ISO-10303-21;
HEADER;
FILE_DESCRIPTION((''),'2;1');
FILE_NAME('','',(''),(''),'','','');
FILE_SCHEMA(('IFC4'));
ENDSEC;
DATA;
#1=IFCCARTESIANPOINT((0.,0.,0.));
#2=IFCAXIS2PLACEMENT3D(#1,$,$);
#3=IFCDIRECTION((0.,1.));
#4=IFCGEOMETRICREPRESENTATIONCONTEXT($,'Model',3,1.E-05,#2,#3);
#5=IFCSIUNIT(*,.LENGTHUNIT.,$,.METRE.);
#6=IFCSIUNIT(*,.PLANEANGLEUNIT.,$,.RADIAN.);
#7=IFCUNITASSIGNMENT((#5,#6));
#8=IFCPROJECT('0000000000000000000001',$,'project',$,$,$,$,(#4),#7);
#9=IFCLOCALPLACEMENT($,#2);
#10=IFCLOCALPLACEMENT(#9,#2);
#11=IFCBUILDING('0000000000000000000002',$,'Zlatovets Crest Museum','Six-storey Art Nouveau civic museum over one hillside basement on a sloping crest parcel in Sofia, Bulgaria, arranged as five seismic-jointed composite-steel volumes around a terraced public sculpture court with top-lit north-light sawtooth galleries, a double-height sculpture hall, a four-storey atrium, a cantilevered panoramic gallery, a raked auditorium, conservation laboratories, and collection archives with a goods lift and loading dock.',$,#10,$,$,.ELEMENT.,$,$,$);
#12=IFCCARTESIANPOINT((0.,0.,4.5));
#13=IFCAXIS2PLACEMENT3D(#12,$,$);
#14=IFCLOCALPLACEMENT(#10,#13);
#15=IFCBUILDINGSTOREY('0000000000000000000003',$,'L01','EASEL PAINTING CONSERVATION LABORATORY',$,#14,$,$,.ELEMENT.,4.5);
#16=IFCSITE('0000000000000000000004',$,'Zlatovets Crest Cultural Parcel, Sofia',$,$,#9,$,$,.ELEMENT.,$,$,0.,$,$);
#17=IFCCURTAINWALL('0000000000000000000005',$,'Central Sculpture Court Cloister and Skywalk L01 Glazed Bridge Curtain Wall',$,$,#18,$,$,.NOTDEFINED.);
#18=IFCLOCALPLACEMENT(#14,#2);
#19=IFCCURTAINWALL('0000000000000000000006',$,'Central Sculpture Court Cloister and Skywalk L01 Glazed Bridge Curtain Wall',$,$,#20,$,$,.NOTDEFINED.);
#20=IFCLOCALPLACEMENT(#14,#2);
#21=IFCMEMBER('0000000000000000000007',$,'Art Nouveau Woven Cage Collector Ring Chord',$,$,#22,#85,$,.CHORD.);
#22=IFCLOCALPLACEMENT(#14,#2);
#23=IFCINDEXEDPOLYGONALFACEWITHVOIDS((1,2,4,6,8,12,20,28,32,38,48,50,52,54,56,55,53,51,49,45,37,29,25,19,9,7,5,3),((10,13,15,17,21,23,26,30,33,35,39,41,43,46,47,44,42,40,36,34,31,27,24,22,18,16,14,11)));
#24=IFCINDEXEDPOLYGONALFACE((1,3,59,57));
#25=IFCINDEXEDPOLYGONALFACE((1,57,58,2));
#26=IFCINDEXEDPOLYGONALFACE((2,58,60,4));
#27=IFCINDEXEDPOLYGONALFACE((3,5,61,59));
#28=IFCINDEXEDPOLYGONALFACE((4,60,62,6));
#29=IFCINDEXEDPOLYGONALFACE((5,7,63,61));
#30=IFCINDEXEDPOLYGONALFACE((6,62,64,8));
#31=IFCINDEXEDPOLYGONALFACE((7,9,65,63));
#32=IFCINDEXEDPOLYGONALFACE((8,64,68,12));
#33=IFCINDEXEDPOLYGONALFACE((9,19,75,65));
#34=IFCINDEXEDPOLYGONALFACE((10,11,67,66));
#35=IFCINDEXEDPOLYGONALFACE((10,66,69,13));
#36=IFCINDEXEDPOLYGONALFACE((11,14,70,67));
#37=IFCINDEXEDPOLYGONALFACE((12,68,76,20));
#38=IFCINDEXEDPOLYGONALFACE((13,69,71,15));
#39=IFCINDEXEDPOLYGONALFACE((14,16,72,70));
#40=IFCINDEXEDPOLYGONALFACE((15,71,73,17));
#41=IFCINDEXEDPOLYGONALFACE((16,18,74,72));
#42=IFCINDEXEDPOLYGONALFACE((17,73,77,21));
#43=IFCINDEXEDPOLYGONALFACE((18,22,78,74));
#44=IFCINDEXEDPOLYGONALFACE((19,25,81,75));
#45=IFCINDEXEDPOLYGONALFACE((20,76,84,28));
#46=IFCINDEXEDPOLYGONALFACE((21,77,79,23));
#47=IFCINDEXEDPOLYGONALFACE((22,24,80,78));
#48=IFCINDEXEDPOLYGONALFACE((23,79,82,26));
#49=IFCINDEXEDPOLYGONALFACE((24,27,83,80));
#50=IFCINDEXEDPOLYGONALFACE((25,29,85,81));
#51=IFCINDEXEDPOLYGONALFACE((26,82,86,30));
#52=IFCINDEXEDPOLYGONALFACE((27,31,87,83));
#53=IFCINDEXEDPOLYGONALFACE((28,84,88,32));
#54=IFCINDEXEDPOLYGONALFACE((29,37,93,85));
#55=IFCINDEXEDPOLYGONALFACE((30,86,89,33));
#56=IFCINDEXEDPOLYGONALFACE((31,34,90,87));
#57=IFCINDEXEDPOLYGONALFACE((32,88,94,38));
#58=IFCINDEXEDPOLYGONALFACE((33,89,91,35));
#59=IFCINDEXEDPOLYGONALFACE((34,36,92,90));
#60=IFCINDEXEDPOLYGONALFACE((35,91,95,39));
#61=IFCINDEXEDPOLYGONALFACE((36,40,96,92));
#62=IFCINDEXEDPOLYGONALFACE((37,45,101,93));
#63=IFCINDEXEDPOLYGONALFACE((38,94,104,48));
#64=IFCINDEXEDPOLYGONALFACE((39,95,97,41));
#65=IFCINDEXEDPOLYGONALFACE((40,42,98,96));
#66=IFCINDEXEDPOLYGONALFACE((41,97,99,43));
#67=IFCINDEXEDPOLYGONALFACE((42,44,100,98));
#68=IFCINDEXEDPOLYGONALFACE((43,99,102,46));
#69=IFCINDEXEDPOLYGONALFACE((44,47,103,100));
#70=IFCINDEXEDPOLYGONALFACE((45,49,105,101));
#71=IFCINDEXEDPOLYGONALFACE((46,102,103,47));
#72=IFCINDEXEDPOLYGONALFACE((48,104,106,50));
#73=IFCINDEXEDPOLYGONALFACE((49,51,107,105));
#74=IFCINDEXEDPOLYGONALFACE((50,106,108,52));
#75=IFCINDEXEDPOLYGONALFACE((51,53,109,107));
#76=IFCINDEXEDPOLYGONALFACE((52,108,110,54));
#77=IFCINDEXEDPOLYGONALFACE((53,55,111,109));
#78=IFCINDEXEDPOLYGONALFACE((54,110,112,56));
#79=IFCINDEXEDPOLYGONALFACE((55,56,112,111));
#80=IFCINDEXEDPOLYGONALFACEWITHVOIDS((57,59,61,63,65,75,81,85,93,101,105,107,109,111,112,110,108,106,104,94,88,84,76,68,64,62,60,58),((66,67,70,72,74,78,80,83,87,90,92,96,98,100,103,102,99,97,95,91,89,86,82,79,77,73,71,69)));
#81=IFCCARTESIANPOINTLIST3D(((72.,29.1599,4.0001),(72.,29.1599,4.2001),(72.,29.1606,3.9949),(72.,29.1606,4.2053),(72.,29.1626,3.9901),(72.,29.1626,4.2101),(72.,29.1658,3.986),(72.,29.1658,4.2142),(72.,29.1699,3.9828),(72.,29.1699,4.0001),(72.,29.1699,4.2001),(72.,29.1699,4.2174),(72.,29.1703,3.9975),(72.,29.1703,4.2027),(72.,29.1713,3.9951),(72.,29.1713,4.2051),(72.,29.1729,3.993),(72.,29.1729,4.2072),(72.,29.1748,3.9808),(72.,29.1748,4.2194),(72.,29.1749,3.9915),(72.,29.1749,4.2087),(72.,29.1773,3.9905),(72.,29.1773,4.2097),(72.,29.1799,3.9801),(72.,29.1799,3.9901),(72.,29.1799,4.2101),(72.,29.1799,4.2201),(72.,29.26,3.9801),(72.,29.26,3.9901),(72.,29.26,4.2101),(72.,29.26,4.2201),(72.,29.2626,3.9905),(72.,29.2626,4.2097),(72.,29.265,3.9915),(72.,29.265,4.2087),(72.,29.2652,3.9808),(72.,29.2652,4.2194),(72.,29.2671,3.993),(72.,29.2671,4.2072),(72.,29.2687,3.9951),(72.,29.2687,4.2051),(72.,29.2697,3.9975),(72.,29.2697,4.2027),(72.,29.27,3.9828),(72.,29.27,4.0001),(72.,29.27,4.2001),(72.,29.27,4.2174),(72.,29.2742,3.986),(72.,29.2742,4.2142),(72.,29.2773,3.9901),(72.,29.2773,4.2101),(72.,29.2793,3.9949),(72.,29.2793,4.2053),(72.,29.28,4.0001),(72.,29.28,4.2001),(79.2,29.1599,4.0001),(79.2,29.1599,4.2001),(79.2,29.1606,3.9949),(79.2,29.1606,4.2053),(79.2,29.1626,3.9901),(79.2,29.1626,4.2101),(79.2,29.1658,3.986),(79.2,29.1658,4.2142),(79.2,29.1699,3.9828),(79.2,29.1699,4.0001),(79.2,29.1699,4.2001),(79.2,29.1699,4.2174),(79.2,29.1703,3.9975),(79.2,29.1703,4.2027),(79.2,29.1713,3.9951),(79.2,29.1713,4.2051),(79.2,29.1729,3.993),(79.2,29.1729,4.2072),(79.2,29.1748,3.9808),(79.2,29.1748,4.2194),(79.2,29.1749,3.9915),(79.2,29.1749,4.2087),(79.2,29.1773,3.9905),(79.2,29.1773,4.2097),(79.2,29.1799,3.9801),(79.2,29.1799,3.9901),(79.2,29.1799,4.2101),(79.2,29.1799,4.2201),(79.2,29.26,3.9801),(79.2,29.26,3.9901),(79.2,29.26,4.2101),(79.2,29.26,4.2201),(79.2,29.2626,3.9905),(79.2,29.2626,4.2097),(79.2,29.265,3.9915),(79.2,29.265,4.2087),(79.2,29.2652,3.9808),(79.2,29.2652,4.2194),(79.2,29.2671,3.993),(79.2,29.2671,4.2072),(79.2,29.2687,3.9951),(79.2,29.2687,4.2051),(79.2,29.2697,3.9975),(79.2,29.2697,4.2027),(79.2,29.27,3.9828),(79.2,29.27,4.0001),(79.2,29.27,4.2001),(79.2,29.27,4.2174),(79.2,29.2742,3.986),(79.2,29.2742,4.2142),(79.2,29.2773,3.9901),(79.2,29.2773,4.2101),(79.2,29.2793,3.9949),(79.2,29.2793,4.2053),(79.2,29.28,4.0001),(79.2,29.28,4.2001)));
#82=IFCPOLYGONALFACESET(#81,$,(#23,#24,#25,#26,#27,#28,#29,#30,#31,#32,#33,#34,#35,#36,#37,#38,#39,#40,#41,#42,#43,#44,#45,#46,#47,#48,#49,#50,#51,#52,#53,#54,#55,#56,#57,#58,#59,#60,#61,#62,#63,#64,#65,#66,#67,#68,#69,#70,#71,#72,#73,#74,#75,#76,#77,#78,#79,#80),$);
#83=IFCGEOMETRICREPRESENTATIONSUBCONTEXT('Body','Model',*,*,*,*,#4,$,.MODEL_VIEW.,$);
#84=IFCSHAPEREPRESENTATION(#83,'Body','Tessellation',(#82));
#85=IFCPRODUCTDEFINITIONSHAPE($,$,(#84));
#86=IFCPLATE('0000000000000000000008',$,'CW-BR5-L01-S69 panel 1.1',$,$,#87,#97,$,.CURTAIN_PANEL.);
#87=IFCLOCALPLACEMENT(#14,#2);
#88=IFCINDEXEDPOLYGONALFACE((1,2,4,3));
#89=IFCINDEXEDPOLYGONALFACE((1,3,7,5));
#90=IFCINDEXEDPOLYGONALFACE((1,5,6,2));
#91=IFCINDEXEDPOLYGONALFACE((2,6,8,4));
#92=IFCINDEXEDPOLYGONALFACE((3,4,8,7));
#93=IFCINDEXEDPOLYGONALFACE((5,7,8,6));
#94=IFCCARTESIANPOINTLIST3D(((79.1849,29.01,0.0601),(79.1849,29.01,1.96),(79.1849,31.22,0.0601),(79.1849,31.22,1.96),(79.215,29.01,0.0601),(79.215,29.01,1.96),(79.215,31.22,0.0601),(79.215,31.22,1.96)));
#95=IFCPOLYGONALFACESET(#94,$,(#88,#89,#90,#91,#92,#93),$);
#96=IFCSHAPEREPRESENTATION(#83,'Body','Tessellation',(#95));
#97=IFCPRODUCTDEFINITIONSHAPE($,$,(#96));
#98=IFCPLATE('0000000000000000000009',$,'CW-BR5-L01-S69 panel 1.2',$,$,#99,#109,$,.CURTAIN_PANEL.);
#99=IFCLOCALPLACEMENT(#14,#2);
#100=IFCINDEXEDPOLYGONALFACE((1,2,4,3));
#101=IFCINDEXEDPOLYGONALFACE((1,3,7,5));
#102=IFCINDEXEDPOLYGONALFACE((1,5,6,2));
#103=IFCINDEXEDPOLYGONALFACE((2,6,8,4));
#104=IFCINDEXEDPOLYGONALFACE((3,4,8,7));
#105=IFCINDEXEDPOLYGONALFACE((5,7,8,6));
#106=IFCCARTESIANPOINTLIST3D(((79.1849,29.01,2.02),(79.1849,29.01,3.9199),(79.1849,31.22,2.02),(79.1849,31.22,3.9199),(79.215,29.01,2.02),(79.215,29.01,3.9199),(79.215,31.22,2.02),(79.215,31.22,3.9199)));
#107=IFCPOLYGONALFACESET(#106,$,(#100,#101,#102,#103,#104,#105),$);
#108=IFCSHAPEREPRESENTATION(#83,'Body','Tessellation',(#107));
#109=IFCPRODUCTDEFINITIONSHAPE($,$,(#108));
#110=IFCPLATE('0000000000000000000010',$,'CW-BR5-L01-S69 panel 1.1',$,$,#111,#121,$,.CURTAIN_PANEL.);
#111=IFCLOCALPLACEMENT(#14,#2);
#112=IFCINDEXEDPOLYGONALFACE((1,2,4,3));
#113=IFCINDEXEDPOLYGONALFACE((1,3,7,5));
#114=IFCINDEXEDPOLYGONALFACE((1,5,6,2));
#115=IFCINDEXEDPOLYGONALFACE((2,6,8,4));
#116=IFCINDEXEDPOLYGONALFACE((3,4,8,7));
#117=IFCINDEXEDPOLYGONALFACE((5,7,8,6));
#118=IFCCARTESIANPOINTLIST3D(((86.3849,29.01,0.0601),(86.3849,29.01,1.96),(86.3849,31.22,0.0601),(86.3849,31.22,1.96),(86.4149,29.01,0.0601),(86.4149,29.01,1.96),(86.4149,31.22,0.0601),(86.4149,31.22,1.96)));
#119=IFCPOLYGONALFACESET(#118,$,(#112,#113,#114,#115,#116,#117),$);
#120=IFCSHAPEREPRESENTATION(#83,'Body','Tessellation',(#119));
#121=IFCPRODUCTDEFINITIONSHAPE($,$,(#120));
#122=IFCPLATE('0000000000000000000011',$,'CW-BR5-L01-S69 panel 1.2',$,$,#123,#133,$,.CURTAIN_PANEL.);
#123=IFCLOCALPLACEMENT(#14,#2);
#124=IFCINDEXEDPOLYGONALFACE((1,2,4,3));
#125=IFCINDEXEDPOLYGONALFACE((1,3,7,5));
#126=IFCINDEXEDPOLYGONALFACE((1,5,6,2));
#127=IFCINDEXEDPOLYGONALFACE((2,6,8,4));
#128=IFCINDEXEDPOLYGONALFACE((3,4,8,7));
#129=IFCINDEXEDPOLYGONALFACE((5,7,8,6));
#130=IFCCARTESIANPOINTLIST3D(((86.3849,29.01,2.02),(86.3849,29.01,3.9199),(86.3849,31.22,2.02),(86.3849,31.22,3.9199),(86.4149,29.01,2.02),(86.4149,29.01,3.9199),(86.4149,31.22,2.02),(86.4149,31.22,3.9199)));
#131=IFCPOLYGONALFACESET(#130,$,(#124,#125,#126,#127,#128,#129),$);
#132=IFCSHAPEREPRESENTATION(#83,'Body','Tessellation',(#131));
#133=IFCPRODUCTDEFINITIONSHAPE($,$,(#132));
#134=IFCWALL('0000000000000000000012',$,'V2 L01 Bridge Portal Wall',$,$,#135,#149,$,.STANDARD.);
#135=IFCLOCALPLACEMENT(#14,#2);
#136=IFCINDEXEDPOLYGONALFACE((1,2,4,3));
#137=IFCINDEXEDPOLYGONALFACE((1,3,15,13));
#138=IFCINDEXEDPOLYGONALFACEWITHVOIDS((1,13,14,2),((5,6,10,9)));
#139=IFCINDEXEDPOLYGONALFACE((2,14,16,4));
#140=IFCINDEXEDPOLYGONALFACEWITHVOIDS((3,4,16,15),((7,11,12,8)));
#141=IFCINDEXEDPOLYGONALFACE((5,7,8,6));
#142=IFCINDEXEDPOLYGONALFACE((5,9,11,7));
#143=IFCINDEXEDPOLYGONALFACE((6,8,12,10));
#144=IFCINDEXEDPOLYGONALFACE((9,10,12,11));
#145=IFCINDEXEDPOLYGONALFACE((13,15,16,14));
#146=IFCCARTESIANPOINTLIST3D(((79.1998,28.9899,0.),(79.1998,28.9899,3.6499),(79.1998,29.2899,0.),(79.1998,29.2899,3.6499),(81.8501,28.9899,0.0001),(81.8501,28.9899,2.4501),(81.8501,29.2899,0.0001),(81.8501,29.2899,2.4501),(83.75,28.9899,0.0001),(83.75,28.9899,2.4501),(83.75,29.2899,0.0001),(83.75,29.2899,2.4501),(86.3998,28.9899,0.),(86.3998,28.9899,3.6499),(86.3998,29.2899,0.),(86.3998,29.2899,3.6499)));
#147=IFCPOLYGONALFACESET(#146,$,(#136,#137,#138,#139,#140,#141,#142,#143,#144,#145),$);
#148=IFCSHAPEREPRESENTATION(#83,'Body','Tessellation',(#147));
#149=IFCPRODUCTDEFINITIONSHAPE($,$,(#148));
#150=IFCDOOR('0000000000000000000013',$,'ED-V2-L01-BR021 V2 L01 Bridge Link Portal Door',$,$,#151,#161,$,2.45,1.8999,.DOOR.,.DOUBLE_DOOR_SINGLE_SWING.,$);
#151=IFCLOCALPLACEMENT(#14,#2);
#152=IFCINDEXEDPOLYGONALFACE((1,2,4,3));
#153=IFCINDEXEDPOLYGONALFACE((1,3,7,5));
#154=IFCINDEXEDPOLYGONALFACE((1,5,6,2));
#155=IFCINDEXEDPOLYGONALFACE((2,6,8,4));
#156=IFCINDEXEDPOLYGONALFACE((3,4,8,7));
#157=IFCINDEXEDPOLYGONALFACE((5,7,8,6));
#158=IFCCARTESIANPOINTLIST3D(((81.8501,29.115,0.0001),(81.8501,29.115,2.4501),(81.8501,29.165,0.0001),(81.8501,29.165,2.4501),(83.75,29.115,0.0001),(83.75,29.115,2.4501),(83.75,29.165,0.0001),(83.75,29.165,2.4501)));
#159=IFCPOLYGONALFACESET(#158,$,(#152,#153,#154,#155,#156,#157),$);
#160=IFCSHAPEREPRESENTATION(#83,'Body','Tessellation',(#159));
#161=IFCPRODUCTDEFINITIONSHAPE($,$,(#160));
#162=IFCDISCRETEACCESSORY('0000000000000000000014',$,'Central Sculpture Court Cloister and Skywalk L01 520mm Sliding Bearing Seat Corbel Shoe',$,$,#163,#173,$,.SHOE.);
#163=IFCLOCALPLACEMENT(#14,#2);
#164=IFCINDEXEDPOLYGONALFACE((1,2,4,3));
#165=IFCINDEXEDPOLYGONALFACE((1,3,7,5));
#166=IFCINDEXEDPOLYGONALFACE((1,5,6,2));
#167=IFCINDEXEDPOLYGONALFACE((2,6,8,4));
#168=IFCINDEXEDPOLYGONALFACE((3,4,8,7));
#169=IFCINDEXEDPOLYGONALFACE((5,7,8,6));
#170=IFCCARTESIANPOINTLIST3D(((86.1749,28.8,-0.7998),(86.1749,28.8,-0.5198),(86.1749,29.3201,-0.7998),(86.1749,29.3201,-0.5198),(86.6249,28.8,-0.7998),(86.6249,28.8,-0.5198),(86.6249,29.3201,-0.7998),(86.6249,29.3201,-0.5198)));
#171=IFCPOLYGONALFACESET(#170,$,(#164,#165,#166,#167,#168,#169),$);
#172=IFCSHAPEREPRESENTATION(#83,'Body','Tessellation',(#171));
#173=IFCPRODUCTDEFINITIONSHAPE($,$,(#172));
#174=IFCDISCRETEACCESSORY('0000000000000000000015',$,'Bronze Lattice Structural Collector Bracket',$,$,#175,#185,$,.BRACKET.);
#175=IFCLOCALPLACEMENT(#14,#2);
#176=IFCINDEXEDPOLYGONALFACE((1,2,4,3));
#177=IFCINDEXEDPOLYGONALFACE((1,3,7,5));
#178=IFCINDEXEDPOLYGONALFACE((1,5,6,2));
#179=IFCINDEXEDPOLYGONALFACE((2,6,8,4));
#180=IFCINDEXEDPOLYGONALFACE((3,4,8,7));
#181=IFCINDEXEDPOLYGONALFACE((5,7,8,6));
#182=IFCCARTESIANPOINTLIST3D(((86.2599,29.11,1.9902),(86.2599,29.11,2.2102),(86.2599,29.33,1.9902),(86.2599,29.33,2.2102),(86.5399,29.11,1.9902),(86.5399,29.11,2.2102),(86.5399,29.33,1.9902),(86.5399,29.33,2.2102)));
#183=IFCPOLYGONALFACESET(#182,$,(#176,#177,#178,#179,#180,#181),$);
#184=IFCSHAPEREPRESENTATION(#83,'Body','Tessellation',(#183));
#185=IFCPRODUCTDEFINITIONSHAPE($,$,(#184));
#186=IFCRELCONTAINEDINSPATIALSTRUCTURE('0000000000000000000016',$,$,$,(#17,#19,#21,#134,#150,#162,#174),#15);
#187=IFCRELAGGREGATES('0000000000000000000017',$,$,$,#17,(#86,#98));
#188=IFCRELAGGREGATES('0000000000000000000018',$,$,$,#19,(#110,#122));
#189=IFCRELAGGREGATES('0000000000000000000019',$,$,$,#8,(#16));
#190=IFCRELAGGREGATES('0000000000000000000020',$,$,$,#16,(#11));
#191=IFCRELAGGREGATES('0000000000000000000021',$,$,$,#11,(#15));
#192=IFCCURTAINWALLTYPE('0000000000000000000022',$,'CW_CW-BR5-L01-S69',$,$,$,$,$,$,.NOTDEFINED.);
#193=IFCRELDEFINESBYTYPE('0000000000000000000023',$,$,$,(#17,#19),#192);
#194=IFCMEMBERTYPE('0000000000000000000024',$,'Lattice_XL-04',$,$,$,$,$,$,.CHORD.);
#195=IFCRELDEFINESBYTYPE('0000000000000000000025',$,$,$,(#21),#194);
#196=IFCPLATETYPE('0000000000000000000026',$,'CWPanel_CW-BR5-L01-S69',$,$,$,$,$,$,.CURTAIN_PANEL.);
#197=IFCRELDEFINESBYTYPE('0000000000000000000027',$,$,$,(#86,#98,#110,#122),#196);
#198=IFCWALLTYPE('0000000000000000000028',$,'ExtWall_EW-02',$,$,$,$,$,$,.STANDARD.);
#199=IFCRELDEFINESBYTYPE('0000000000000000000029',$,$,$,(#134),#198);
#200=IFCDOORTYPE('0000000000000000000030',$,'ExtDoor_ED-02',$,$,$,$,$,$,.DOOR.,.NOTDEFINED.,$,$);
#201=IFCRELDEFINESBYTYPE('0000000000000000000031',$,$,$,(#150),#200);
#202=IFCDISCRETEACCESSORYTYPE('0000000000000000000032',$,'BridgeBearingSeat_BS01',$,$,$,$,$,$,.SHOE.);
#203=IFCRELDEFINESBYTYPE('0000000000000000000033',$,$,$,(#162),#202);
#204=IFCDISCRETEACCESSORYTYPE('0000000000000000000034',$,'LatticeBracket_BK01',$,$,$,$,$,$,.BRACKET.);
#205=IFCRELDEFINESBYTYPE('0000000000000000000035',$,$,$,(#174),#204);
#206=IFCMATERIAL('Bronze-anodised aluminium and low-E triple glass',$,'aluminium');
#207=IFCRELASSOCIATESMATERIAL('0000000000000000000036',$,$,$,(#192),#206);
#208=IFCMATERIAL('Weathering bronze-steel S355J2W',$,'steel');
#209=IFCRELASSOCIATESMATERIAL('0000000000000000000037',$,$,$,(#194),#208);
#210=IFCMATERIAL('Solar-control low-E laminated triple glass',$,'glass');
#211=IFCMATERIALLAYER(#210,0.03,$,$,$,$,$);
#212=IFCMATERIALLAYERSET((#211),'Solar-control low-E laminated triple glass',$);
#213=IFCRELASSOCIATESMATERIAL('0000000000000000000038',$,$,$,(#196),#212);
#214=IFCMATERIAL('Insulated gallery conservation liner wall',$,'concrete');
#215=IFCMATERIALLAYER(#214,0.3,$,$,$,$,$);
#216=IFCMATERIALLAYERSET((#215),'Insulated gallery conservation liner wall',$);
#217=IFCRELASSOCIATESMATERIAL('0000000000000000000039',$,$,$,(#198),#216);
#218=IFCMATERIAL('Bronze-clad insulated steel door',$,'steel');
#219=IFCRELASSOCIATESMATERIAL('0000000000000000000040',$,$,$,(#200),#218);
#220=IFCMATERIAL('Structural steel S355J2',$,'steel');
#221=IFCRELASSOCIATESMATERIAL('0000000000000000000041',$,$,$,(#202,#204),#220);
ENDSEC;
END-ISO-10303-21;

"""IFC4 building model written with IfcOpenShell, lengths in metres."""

from ifc_helpers import new_model, si_unit, direction, frame, frame_2d, origin, origin_2d, place, context, subcontext, project, spatial, rectangle, hollow_rectangle, extrude, material, layer, layer_set, material_profile, profile_set, type_object, element, fill, aggregate, save


model = new_model("IFC4")

# Units and contexts
model_context = context("Model", 3, precision=1e-05, world=origin(), true_north=direction((0.0, 1.0)))
body_context = subcontext(model_context, "Body", "Model", "MODEL_VIEW")
ifc_project = project(units=[si_unit("LENGTHUNIT", "METRE"), si_unit("PLANEANGLEUNIT", "RADIAN")], contexts=[model_context])

# Site, building, storey
site_placement = place(None, origin())
site = spatial("IfcSite", under=ifc_project, at=site_placement, Name="Zlatovets Crest Cultural Parcel, Sofia", CompositionType="ELEMENT", RefElevation=0.0)
building_placement = place(site_placement, origin())
building = spatial("IfcBuilding", under=site, at=building_placement, Name="Zlatovets Crest Museum", Description="Six-storey Art Nouveau civic museum over one hillside basement on a sloping crest parcel in Sofia, Bulgaria, arranged as five seismic-jointed composite-steel volumes around a terraced public sculpture court with top-lit north-light sawtooth galleries, a double-height sculpture hall, a four-storey atrium, a cantilevered panoramic gallery, a raked auditorium, conservation laboratories, and collection archives with a goods lift and loading dock.", CompositionType="ELEMENT")
storey_placement = place(building_placement, frame((0.0, 0.0, 4.5)))
storey = spatial("IfcBuildingStorey", under=building, at=storey_placement, Name="L01", Description="EASEL PAINTING CONSERVATION LABORATORY", CompositionType="ELEMENT", Elevation=4.5)

# Shared definitions
ifc_material_1 = material(Name="Structural steel S355J2", Category="steel")

# Shared definitions
ifc_material_2 = material(Name="Bronze-anodised aluminium and low-E triple glass", Category="aluminium")

# Curtain walls
curtain_wall_type_1 = type_object("IfcCurtainWallType", Name="CW_CW-BR5-L01-S69", PredefinedType="NOTDEFINED", material=ifc_material_2)
curtain_wall_1_placement = place(storey_placement, origin())
curtain_wall_1 = element("IfcCurtainWall", 1, at=curtain_wall_1_placement, inside=storey, type_object=curtain_wall_type_1, Name="Central Sculpture Court Cloister and Skywalk L01 Glazed Bridge Curtain Wall", PredefinedType="NOTDEFINED")
curtain_wall_2_placement = place(storey_placement, origin())
curtain_wall_2 = element("IfcCurtainWall", 2, at=curtain_wall_2_placement, inside=storey, type_object=curtain_wall_type_1, Name="Central Sculpture Court Cloister and Skywalk L01 Glazed Bridge Curtain Wall", PredefinedType="NOTDEFINED")

# Member
ifc_material_3 = material(Name="Weathering bronze-steel S355J2W", Category="steel")
ifc_material_profile_1 = material_profile(ifc_material_3, hollow_rectangle(XDim=0.1201, YDim=0.24, WallThickness=0.01, InnerFilletRadius=0.01, OuterFilletRadius=0.02, at=origin_2d()), Name="RHS 120x240x10.0")
ifc_profile_set_1 = profile_set([ifc_material_profile_1], Name="Weathering bronze-steel S355J2W")
member_type_1 = type_object("IfcMemberType", Name="Lattice_XL-04", PredefinedType="CHORD", material=ifc_profile_set_1)
member_1_placement = place(storey_placement, frame((79.2, 29.22, 4.1001), z_axis=(-1.0, 0.0, 0.0), x_axis=(0.0, -1.0, 0.0)))
element("IfcMember", 3, at=member_1_placement, inside=storey, type_object=member_type_1, Name="Art Nouveau Woven Cage Collector Ring Chord", PredefinedType="CHORD", context=body_context, shape_type="SweptSolid", body=[
    extrude(hollow_rectangle(XDim=0.1201, YDim=0.24, WallThickness=0.01, InnerFilletRadius=0.01, OuterFilletRadius=0.02, at=origin_2d()), origin(), (0.0, 0.0, 1.0), 7.2),
])

# Plates
ifc_material_4 = material(Name="Solar-control low-E laminated triple glass", Category="glass")
ifc_layer_1 = layer(ifc_material_4, 0.03)
ifc_layer_set_1 = layer_set([ifc_layer_1], Name="Solar-control low-E laminated triple glass")
plate_type = type_object("IfcPlateType", Name="CWPanel_CW-BR5-L01-S69", PredefinedType="CURTAIN_PANEL", material=ifc_layer_set_1)
plate_1_placement = place(storey_placement, frame((79.2, 30.115, 0.0601), z_axis=(0.0, 0.0, 1.0), x_axis=(0.0, 1.0, 0.0)))
plate_1 = element("IfcPlate", 4, at=plate_1_placement, type_object=plate_type, Name="CW-BR5-L01-S69 panel 1.1", PredefinedType="CURTAIN_PANEL", context=body_context, shape_type="SweptSolid", body=[
    extrude(rectangle(XDim=2.21, YDim=0.03, at=origin_2d()), origin(), (0.0, 0.0, 1.0), 1.8999),
])
plate_2_placement = place(storey_placement, frame((79.2, 30.115, 2.02), z_axis=(0.0, 0.0, 1.0), x_axis=(0.0, 1.0, 0.0)))
plate_2 = element("IfcPlate", 5, at=plate_2_placement, type_object=plate_type, Name="CW-BR5-L01-S69 panel 1.2", PredefinedType="CURTAIN_PANEL", context=body_context, shape_type="SweptSolid", body=[
    extrude(rectangle(XDim=2.21, YDim=0.03, at=origin_2d()), origin(), (0.0, 0.0, 1.0), 1.8999),
])
aggregate(curtain_wall_1, [plate_1, plate_2])
plate_3_placement = place(storey_placement, frame((86.3999, 30.115, 0.0601), z_axis=(0.0, 0.0, 1.0), x_axis=(0.0, 1.0, 0.0)))
plate_3 = element("IfcPlate", 6, at=plate_3_placement, type_object=plate_type, Name="CW-BR5-L01-S69 panel 1.1", PredefinedType="CURTAIN_PANEL", context=body_context, shape_type="SweptSolid", body=[
    extrude(rectangle(XDim=2.21, YDim=0.03, at=origin_2d()), origin(), (0.0, 0.0, 1.0), 1.8999),
])
plate_4_placement = place(storey_placement, frame((86.3999, 30.115, 2.02), z_axis=(0.0, 0.0, 1.0), x_axis=(0.0, 1.0, 0.0)))
plate_4 = element("IfcPlate", 7, at=plate_4_placement, type_object=plate_type, Name="CW-BR5-L01-S69 panel 1.2", PredefinedType="CURTAIN_PANEL", context=body_context, shape_type="SweptSolid", body=[
    extrude(rectangle(XDim=2.21, YDim=0.03, at=origin_2d()), origin(), (0.0, 0.0, 1.0), 1.8999),
])
aggregate(curtain_wall_2, [plate_3, plate_4])

# Wall, opening, door
ifc_material_5 = material(Name="Insulated gallery conservation liner wall", Category="concrete")
ifc_layer_2 = layer(ifc_material_5, 0.3)
ifc_layer_set_2 = layer_set([ifc_layer_2], Name="Insulated gallery conservation liner wall")
wall_type = type_object("IfcWallType", Name="ExtWall_EW-02", PredefinedType="STANDARD", material=ifc_layer_set_2)
wall_placement = place(storey_placement, frame((86.3999, 29.1399, 0.0), z_axis=(0.0, 0.0, 1.0), x_axis=(-1.0, 0.0, 0.0)))
wall = element("IfcWall", 8, at=wall_placement, inside=storey, type_object=wall_type, Name="V2 L01 Bridge Portal Wall", PredefinedType="STANDARD", context=body_context, shape_type="SweptSolid", body=[
    extrude(rectangle(XDim=7.2, YDim=0.3, at=frame_2d((3.6001, 0.0))), origin(), (0.0, 0.0, 1.0), 3.6499),
])
opening_placement = place(wall_placement, frame((2.6499, 0.0, 0.0)))
opening = element("IfcOpeningElement", 9, at=opening_placement, cuts=wall, PredefinedType="OPENING", context=body_context, shape_type="SweptSolid", body=[
    extrude(rectangle(XDim=1.8999, YDim=2.45, at=frame_2d((0.95, 1.2251))), frame((0.0, 0.1602, 0.0), z_axis=(0.0, -1.0, 0.0), x_axis=(1.0, 0.0, 0.0)), (0.0, 0.0, 1.0), 0.3201),
])
ifc_material_6 = material(Name="Bronze-clad insulated steel door", Category="steel")
door_type = type_object("IfcDoorType", Name="ExtDoor_ED-02", OperationType="NOTDEFINED", PredefinedType="DOOR", material=ifc_material_6)
door_placement = place(opening_placement, origin())
door = element("IfcDoor", 10, at=door_placement, inside=storey, type_object=door_type, Name="ED-V2-L01-BR021 V2 L01 Bridge Link Portal Door", OperationType="DOUBLE_DOOR_SINGLE_SWING", OverallHeight=2.45, OverallWidth=1.8999, PredefinedType="DOOR", context=body_context, shape_type="SweptSolid", body=[
    extrude(rectangle(XDim=1.8999, YDim=2.45, at=frame_2d((0.95, 1.2251))), frame((0.0, 0.0249, 0.0), z_axis=(0.0, -1.0, 0.0), x_axis=(1.0, 0.0, 0.0)), (0.0, 0.0, 1.0), 0.05),
])
fill(opening, door)

# Discrete accessories
discrete_accessory_type_1 = type_object("IfcDiscreteAccessoryType", Name="BridgeBearingSeat_BS01", PredefinedType="SHOE", material=ifc_material_1)
discrete_accessory_placement = place(storey_placement, frame((86.3999, 29.0601, -0.7998), z_axis=(0.0, 0.0, 1.0), x_axis=(1.0, 0.0, 0.0)))
element("IfcDiscreteAccessory", 11, at=discrete_accessory_placement, inside=storey, type_object=discrete_accessory_type_1, Name="Central Sculpture Court Cloister and Skywalk L01 520mm Sliding Bearing Seat Corbel Shoe", PredefinedType="SHOE", context=body_context, shape_type="SweptSolid", body=[
    extrude(rectangle(XDim=0.45, YDim=0.52, at=origin_2d()), origin(), (0.0, 0.0, 1.0), 0.28),
])
discrete_accessory_type_2 = type_object("IfcDiscreteAccessoryType", Name="LatticeBracket_BK01", PredefinedType="BRACKET", material=ifc_material_1)
for number, where, z_axis, x_axis, name in (
    (12, (86.3999, 29.22, 1.9902), (0.0, 0.0, 1.0), (1.0, 0.0, 0.0), "Bronze Lattice Structural Collector Bracket"),
):
    element("IfcDiscreteAccessory", number, at=place(storey_placement, frame(where, z_axis=z_axis, x_axis=x_axis)), inside=storey, type_object=discrete_accessory_type_2, Name=name, PredefinedType="BRACKET", context=body_context, shape_type="SweptSolid", body=[
        extrude(rectangle(XDim=0.28, YDim=0.22, at=origin_2d()), origin(), (0.0, 0.0, 1.0), 0.22),
    ])

save(model, "model.ifc")
